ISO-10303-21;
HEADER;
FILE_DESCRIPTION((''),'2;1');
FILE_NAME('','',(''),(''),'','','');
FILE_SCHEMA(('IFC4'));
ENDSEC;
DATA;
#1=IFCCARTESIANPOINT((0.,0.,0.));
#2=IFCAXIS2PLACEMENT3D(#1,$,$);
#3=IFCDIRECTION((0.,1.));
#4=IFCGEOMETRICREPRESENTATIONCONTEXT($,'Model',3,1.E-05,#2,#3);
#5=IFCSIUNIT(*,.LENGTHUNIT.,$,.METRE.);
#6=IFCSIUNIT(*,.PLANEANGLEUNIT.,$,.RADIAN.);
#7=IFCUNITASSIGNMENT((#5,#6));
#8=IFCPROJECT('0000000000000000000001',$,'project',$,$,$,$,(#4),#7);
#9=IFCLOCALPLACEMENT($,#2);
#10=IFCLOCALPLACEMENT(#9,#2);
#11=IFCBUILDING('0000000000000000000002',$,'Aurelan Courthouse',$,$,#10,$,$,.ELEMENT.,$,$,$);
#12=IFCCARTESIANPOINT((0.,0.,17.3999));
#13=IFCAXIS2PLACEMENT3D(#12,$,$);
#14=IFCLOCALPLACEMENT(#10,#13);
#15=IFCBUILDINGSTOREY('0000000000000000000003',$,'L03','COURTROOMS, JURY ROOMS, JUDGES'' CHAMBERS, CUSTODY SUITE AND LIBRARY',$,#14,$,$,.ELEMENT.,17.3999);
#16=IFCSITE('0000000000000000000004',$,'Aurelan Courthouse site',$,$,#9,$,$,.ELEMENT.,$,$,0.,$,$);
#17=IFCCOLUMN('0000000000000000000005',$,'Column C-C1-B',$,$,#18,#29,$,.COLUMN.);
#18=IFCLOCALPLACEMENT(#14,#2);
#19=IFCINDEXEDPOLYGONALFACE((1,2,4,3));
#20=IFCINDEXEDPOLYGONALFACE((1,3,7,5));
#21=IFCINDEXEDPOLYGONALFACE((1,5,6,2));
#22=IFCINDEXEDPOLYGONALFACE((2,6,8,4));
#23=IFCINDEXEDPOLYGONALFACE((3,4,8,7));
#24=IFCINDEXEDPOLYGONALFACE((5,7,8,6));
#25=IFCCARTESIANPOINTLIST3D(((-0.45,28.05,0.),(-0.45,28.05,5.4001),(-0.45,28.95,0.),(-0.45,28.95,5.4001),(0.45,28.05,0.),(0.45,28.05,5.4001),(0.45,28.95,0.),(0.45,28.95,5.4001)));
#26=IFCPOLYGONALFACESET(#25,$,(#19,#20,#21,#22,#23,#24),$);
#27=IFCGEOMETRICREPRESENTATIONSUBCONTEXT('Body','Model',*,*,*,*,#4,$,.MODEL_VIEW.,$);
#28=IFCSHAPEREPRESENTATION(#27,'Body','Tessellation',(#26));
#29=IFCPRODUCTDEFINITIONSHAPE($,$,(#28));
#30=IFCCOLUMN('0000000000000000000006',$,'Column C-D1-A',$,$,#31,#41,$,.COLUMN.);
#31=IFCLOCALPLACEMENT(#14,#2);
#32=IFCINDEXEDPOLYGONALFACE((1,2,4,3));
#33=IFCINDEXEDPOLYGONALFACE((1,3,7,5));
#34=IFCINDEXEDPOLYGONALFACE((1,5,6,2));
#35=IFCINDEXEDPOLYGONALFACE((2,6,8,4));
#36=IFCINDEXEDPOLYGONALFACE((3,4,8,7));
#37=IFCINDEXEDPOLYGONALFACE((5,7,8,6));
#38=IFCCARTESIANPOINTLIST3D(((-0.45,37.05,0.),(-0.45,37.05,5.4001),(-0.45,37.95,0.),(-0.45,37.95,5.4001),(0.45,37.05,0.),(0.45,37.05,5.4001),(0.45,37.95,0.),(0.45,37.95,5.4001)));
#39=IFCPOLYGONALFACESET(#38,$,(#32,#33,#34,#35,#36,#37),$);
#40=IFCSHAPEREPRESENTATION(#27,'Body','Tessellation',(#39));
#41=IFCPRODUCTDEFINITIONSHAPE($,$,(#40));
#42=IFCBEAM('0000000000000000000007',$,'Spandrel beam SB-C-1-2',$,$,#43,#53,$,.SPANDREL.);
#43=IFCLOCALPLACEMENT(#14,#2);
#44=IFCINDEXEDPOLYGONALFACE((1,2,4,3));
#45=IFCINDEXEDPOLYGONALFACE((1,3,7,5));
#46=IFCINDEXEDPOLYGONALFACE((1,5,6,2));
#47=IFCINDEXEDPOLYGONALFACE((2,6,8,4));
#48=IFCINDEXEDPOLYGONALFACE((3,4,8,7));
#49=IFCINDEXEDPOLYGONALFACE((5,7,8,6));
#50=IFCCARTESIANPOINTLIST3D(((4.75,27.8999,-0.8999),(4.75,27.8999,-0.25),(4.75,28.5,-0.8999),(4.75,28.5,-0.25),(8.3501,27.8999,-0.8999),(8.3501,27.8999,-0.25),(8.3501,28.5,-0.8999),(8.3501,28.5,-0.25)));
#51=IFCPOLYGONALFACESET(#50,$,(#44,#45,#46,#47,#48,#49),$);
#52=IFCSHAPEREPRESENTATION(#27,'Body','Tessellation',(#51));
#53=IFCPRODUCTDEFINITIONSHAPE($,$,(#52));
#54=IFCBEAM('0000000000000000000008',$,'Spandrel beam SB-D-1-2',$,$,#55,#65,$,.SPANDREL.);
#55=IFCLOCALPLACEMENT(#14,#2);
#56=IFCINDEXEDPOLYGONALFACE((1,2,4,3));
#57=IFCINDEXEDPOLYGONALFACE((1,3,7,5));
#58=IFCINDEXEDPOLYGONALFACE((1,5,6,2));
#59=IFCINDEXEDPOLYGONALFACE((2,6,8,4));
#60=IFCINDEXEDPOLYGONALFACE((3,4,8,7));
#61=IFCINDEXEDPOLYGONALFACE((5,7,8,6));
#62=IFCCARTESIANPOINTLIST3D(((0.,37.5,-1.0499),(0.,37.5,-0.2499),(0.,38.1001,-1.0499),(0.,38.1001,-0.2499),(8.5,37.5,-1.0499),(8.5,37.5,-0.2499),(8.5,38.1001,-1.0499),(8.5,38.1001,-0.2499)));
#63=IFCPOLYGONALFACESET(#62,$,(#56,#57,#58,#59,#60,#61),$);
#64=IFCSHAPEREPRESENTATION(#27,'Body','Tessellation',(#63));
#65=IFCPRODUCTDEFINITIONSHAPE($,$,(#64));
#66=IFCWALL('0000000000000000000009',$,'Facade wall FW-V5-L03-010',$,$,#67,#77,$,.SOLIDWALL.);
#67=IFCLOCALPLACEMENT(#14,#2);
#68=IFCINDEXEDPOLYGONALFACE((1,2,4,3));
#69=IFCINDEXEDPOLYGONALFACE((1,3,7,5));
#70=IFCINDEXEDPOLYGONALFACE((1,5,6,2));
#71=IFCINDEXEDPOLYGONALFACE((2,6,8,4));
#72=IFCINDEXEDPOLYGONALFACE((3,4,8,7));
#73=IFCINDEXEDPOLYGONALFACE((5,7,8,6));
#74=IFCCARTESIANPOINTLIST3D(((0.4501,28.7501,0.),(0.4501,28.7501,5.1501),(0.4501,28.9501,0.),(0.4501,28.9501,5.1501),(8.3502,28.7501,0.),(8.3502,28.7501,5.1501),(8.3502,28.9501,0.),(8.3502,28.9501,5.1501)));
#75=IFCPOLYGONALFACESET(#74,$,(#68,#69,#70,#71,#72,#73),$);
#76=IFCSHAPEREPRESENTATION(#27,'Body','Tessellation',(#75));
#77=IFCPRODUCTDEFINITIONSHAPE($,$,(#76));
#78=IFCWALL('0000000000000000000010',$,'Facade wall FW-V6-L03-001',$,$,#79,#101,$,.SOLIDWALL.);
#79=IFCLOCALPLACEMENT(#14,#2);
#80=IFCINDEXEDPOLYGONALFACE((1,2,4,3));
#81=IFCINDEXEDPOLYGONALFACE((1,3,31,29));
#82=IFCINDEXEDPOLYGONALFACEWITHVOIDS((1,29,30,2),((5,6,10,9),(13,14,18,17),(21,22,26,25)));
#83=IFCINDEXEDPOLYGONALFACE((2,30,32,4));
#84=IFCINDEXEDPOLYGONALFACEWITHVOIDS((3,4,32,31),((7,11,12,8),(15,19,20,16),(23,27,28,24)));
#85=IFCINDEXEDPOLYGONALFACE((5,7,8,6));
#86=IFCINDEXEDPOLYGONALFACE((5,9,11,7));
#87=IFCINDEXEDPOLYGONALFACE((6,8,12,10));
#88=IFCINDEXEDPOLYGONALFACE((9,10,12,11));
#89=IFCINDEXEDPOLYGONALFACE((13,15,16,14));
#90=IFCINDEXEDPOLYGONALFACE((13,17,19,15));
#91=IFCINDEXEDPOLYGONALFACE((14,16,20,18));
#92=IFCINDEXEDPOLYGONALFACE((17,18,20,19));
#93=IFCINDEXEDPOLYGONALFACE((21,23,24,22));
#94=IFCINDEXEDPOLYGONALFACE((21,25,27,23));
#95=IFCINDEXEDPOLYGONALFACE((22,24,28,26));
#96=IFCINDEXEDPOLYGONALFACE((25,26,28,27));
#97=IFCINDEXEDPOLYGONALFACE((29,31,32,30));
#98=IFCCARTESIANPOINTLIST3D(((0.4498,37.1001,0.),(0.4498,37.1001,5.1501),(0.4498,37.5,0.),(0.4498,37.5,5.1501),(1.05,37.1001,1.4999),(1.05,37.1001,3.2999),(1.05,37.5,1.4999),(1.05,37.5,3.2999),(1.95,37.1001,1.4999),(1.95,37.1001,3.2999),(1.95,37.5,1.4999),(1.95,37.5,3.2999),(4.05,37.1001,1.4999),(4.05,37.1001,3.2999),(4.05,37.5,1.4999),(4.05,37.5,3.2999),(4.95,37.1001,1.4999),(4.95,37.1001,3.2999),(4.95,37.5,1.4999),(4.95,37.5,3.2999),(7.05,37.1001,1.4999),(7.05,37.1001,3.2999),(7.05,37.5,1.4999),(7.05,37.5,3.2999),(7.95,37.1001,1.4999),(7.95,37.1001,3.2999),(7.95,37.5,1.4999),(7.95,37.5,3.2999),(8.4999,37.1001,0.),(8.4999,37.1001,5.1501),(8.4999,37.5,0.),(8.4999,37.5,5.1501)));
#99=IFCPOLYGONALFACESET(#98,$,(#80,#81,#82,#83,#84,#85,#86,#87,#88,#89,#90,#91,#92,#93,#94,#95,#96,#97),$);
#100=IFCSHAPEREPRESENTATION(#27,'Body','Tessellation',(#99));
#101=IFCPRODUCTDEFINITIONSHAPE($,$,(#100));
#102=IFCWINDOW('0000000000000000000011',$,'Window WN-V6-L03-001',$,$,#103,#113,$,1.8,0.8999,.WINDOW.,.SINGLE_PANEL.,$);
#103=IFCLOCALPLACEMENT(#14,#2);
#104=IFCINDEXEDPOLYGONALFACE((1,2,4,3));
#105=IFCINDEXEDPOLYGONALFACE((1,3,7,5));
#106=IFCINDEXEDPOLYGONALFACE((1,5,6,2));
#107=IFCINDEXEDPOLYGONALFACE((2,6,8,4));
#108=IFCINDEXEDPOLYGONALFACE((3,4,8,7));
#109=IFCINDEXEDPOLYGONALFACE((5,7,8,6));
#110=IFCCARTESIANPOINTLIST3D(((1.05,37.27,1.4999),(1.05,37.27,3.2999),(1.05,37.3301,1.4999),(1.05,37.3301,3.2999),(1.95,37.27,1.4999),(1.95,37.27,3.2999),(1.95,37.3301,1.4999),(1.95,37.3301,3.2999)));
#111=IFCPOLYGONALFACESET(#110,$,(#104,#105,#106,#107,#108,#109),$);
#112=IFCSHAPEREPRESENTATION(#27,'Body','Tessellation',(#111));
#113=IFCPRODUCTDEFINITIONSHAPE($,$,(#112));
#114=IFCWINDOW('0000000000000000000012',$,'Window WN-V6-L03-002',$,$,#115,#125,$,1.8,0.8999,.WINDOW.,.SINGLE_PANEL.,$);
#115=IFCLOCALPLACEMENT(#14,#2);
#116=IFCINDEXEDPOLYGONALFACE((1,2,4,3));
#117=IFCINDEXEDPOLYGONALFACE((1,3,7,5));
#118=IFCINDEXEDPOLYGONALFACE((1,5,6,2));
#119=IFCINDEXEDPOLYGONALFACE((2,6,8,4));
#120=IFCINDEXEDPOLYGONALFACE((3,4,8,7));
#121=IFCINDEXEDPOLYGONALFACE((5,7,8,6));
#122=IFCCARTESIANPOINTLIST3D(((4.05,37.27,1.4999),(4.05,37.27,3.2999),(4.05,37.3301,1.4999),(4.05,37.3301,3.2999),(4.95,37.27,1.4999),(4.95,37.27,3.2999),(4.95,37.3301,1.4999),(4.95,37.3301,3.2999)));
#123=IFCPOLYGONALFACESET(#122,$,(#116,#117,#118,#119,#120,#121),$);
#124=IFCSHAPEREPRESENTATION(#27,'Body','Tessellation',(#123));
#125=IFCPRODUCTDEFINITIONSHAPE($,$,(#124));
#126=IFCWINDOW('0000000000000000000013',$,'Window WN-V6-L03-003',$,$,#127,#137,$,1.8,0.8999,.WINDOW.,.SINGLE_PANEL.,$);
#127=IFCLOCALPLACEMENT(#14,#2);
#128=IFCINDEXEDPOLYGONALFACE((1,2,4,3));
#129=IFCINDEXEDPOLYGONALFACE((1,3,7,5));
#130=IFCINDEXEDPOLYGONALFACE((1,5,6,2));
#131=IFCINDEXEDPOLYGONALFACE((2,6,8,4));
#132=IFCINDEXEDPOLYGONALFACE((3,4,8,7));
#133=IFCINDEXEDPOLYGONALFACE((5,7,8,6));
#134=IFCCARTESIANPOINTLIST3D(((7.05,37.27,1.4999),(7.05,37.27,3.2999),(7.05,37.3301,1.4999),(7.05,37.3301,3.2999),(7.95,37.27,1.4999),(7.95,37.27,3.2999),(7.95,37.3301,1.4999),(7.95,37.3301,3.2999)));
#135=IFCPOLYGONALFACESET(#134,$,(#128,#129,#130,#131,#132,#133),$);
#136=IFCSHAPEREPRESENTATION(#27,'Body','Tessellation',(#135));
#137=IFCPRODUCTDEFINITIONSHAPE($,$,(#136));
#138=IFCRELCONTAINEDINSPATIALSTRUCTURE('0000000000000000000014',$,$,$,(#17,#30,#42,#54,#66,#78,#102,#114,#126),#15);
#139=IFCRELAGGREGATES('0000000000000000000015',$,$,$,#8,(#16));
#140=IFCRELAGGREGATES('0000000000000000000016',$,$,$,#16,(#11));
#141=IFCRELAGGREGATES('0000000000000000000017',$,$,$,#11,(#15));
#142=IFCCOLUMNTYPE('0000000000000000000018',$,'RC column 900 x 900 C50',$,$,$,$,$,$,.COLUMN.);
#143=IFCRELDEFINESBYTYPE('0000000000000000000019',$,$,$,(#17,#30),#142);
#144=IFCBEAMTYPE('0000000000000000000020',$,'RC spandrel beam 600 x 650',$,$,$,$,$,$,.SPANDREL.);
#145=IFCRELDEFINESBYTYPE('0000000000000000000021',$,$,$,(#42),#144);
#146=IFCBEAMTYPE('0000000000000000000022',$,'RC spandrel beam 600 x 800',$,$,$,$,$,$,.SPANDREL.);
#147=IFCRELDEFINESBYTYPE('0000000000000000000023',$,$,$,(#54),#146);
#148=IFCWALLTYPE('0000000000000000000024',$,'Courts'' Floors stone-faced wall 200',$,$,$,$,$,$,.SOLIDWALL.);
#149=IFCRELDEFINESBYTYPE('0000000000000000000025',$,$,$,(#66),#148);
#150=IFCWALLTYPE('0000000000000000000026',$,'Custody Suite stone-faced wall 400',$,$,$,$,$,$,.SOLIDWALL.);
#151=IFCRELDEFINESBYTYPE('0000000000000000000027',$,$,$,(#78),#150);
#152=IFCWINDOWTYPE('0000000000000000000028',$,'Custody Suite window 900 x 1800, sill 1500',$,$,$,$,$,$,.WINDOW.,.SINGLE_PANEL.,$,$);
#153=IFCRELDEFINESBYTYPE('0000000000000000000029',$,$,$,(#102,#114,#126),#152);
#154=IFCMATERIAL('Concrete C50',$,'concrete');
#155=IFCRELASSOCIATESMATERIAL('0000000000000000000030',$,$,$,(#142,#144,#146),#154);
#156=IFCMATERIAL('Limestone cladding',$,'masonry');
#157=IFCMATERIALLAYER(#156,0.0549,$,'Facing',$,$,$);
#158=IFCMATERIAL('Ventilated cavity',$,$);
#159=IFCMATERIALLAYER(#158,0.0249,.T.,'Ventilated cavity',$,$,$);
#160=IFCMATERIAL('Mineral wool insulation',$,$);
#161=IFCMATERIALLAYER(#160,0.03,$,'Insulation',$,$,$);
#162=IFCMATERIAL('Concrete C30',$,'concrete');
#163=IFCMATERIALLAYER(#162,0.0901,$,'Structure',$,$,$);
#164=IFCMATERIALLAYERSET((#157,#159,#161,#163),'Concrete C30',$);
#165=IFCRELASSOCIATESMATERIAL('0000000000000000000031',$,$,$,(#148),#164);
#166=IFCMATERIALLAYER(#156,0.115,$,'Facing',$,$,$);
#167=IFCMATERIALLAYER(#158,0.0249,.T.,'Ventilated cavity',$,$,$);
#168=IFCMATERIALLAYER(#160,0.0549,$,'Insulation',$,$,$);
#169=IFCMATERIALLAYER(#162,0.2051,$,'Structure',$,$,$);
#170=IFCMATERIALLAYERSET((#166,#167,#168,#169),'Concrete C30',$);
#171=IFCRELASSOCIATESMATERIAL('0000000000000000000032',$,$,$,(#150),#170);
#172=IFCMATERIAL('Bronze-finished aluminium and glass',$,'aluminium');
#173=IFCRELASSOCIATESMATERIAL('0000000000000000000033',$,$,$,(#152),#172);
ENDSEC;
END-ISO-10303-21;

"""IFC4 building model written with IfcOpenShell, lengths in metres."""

from ifc_helpers import new_model, si_unit, direction, frame, frame_2d, origin, origin_2d, place, context, subcontext, project, spatial, rectangle, extrude, material, layer, layer_set, material_profile, profile_set, type_object, element, fill, save


model = new_model("IFC4")

# Units and contexts
model_context = context("Model", 3, precision=1e-05, world=origin(), true_north=direction((0.0, 1.0)))
body_context = subcontext(model_context, "Body", "Model", "MODEL_VIEW")
ifc_project = project(units=[si_unit("LENGTHUNIT", "METRE"), si_unit("PLANEANGLEUNIT", "RADIAN")], contexts=[model_context])

# Site, building, storey
site_placement = place(None, origin())
site = spatial("IfcSite", under=ifc_project, at=site_placement, Name="Aurelan Courthouse site", CompositionType="ELEMENT", RefElevation=0.0)
building_placement = place(site_placement, origin())
building = spatial("IfcBuilding", under=site, at=building_placement, Name="Aurelan Courthouse", CompositionType="ELEMENT")
storey_placement = place(building_placement, frame((0.0, 0.0, 17.3999)))
storey = spatial("IfcBuildingStorey", under=building, at=storey_placement, Name="L03", Description="COURTROOMS, JURY ROOMS, JUDGES' CHAMBERS, CUSTODY SUITE AND LIBRARY", CompositionType="ELEMENT", Elevation=17.3999)

# Columns
ifc_material_1 = material(Name="Concrete C50", Category="concrete")
ifc_material_profile_1 = material_profile(ifc_material_1, rectangle(XDim=0.8999, YDim=0.8999, at=origin_2d()), Name="RC 900 x 900")
ifc_profile_set_1 = profile_set([ifc_material_profile_1], Name="Concrete C50")
column_type = type_object("IfcColumnType", Name="RC column 900 x 900 C50", PredefinedType="COLUMN", material=ifc_profile_set_1)
for number, where, z_axis, x_axis, name in (
    (1, (0.0, 28.5, 0.0), (0.0, 0.0, 1.0), (1.0, 0.0, 0.0), "Column C-C1-B"),
    (2, (0.0, 37.5, 0.0), (0.0, 0.0, 1.0), (1.0, 0.0, 0.0), "Column C-D1-A"),
):
    element("IfcColumn", number, at=place(storey_placement, frame(where, z_axis=z_axis, x_axis=x_axis)), inside=storey, type_object=column_type, Name=name, PredefinedType="COLUMN", context=body_context, shape_type="SweptSolid", body=[
        extrude(rectangle(XDim=0.8999, YDim=0.8999, at=origin_2d()), origin(), (0.0, 0.0, 1.0), 5.4001),
    ])

# Beams
ifc_material_profile_2 = material_profile(ifc_material_1, rectangle(XDim=0.6001, YDim=0.6499, at=origin_2d()), Name="RC 600 x 650")
ifc_profile_set_2 = profile_set([ifc_material_profile_2], Name="Concrete C50")
beam_type_1 = type_object("IfcBeamType", Name="RC spandrel beam 600 x 650", PredefinedType="SPANDREL", material=ifc_profile_set_2)
beam_1_placement = place(storey_placement, frame((4.75, 28.2, -0.575), z_axis=(1.0, 0.0, 0.0), x_axis=(0.0, 1.0, 0.0)))
element("IfcBeam", 3, at=beam_1_placement, inside=storey, type_object=beam_type_1, Name="Spandrel beam SB-C-1-2", PredefinedType="SPANDREL", context=body_context, shape_type="SweptSolid", body=[
    extrude(rectangle(XDim=0.6001, YDim=0.6499, at=origin_2d()), origin(), (0.0, 0.0, 1.0), 3.6001),
])
ifc_material_profile_3 = material_profile(ifc_material_1, rectangle(XDim=0.6001, YDim=0.8, at=origin_2d()), Name="RC 600 x 800")
ifc_profile_set_3 = profile_set([ifc_material_profile_3], Name="Concrete C50")
beam_type_2 = type_object("IfcBeamType", Name="RC spandrel beam 600 x 800", PredefinedType="SPANDREL", material=ifc_profile_set_3)
beam_2_placement = place(storey_placement, frame((0.0, 37.8, -0.6499), z_axis=(1.0, 0.0, 0.0), x_axis=(0.0, 1.0, 0.0)))
element("IfcBeam", 4, at=beam_2_placement, inside=storey, type_object=beam_type_2, Name="Spandrel beam SB-D-1-2", PredefinedType="SPANDREL", context=body_context, shape_type="SweptSolid", body=[
    extrude(rectangle(XDim=0.6001, YDim=0.8, at=origin_2d()), origin(), (0.0, 0.0, 1.0), 8.5),
])

# Wall
ifc_material_2 = material(Name="Limestone cladding", Category="masonry")
ifc_layer_1 = layer(ifc_material_2, 0.0549, Name="Facing")
ifc_material_3 = material(Name="Ventilated cavity")
ifc_layer_2 = layer(ifc_material_3, 0.0249, ventilated=True, Name="Ventilated cavity")
ifc_material_4 = material(Name="Mineral wool insulation")
ifc_layer_3 = layer(ifc_material_4, 0.03, Name="Insulation")
ifc_material_5 = material(Name="Concrete C30", Category="concrete")
ifc_layer_4 = layer(ifc_material_5, 0.0901, Name="Structure")
ifc_layer_set_1 = layer_set([ifc_layer_1, ifc_layer_2, ifc_layer_3, ifc_layer_4], Name="Concrete C30")
wall_type_1 = type_object("IfcWallType", Name="Courts' Floors stone-faced wall 200", PredefinedType="SOLIDWALL", material=ifc_layer_set_1)
wall_1_placement = place(storey_placement, frame((0.45, 28.8501, 0.0), z_axis=(0.0, 0.0, 1.0), x_axis=(1.0, 0.0, 0.0)))
element("IfcWall", 5, at=wall_1_placement, inside=storey, type_object=wall_type_1, Name="Facade wall FW-V5-L03-010", PredefinedType="SOLIDWALL", context=body_context, shape_type="SweptSolid", body=[
    extrude(rectangle(XDim=7.9001, YDim=0.2, at=frame_2d((3.9502, 0.0))), origin(), (0.0, 0.0, 1.0), 5.1501),
])

# Wall, openings, windows
ifc_layer_5 = layer(ifc_material_2, 0.115, Name="Facing")
ifc_layer_6 = layer(ifc_material_3, 0.0249, ventilated=True, Name="Ventilated cavity")
ifc_layer_7 = layer(ifc_material_4, 0.0549, Name="Insulation")
ifc_layer_8 = layer(ifc_material_5, 0.2051, Name="Structure")
ifc_layer_set_2 = layer_set([ifc_layer_5, ifc_layer_6, ifc_layer_7, ifc_layer_8], Name="Concrete C30")
wall_type_2 = type_object("IfcWallType", Name="Custody Suite stone-faced wall 400", PredefinedType="SOLIDWALL", material=ifc_layer_set_2)
wall_2_placement = place(storey_placement, frame((0.45, 37.3, 0.0), z_axis=(0.0, 0.0, 1.0), x_axis=(1.0, 0.0, 0.0)))
wall_2 = element("IfcWall", 6, at=wall_2_placement, inside=storey, type_object=wall_type_2, Name="Facade wall FW-V6-L03-001", PredefinedType="SOLIDWALL", context=body_context, shape_type="SweptSolid", body=[
    extrude(rectangle(XDim=8.05, YDim=0.3999, at=frame_2d((4.0249, 0.0))), origin(), (0.0, 0.0, 1.0), 5.1501),
])
opening_1_placement = place(wall_2_placement, frame((0.6001, 0.0, 1.5)))
opening_1 = element("IfcOpeningElement", 7, at=opening_1_placement, cuts=wall_2, PredefinedType="OPENING", context=body_context, shape_type="SweptSolid", body=[
    extrude(rectangle(XDim=0.8999, YDim=1.8, at=frame_2d((0.45, 0.8999))), frame((0.0, 0.21, 0.0), z_axis=(0.0, -1.0, 0.0), x_axis=(1.0, 0.0, 0.0)), (0.0, 0.0, 1.0), 0.4199),
])
opening_2_placement = place(wall_2_placement, frame((3.6001, 0.0, 1.5)))
opening_2 = element("IfcOpeningElement", 8, at=opening_2_placement, cuts=wall_2, PredefinedType="OPENING", context=body_context, shape_type="SweptSolid", body=[
    extrude(rectangle(XDim=0.8999, YDim=1.8, at=frame_2d((0.45, 0.8999))), frame((0.0, 0.21, 0.0), z_axis=(0.0, -1.0, 0.0), x_axis=(1.0, 0.0, 0.0)), (0.0, 0.0, 1.0), 0.4199),
])
opening_3_placement = place(wall_2_placement, frame((6.6001, 0.0, 1.5)))
opening_3 = element("IfcOpeningElement", 9, at=opening_3_placement, cuts=wall_2, PredefinedType="OPENING", context=body_context, shape_type="SweptSolid", body=[
    extrude(rectangle(XDim=0.8999, YDim=1.8, at=frame_2d((0.45, 0.8999))), frame((0.0, 0.21, 0.0), z_axis=(0.0, -1.0, 0.0), x_axis=(1.0, 0.0, 0.0)), (0.0, 0.0, 1.0), 0.4199),
])
ifc_material_6 = material(Name="Bronze-finished aluminium and glass", Category="aluminium")
window_type = type_object("IfcWindowType", Name="Custody Suite window 900 x 1800, sill 1500", PartitioningType="SINGLE_PANEL", PredefinedType="WINDOW", material=ifc_material_6)
window_1_placement = place(opening_1_placement, origin())
window_1 = element("IfcWindow", 10, at=window_1_placement, inside=storey, type_object=window_type, Name="Window WN-V6-L03-001", OverallHeight=1.8, OverallWidth=0.8999, PartitioningType="SINGLE_PANEL", PredefinedType="WINDOW", context=body_context, shape_type="SweptSolid", body=[
    extrude(rectangle(XDim=0.8999, YDim=1.8, at=frame_2d((0.45, 0.8999))), frame((0.0, 0.03, 0.0), z_axis=(0.0, -1.0, 0.0), x_axis=(1.0, 0.0, 0.0)), (0.0, 0.0, 1.0), 0.0601),
])
fill(opening_1, window_1)
window_2_placement = place(opening_2_placement, origin())
window_2 = element("IfcWindow", 11, at=window_2_placement, inside=storey, type_object=window_type, Name="Window WN-V6-L03-002", OverallHeight=1.8, OverallWidth=0.8999, PartitioningType="SINGLE_PANEL", PredefinedType="WINDOW", context=body_context, shape_type="SweptSolid", body=[
    extrude(rectangle(XDim=0.8999, YDim=1.8, at=frame_2d((0.45, 0.8999))), frame((0.0, 0.03, 0.0), z_axis=(0.0, -1.0, 0.0), x_axis=(1.0, 0.0, 0.0)), (0.0, 0.0, 1.0), 0.0601),
])
fill(opening_2, window_2)
window_3_placement = place(opening_3_placement, origin())
window_3 = element("IfcWindow", 12, at=window_3_placement, inside=storey, type_object=window_type, Name="Window WN-V6-L03-003", OverallHeight=1.8, OverallWidth=0.8999, PartitioningType="SINGLE_PANEL", PredefinedType="WINDOW", context=body_context, shape_type="SweptSolid", body=[
    extrude(rectangle(XDim=0.8999, YDim=1.8, at=frame_2d((0.45, 0.8999))), frame((0.0, 0.03, 0.0), z_axis=(0.0, -1.0, 0.0), x_axis=(1.0, 0.0, 0.0)), (0.0, 0.0, 1.0), 0.0601),
])
fill(opening_3, window_3)

save(model, "model.ifc")
